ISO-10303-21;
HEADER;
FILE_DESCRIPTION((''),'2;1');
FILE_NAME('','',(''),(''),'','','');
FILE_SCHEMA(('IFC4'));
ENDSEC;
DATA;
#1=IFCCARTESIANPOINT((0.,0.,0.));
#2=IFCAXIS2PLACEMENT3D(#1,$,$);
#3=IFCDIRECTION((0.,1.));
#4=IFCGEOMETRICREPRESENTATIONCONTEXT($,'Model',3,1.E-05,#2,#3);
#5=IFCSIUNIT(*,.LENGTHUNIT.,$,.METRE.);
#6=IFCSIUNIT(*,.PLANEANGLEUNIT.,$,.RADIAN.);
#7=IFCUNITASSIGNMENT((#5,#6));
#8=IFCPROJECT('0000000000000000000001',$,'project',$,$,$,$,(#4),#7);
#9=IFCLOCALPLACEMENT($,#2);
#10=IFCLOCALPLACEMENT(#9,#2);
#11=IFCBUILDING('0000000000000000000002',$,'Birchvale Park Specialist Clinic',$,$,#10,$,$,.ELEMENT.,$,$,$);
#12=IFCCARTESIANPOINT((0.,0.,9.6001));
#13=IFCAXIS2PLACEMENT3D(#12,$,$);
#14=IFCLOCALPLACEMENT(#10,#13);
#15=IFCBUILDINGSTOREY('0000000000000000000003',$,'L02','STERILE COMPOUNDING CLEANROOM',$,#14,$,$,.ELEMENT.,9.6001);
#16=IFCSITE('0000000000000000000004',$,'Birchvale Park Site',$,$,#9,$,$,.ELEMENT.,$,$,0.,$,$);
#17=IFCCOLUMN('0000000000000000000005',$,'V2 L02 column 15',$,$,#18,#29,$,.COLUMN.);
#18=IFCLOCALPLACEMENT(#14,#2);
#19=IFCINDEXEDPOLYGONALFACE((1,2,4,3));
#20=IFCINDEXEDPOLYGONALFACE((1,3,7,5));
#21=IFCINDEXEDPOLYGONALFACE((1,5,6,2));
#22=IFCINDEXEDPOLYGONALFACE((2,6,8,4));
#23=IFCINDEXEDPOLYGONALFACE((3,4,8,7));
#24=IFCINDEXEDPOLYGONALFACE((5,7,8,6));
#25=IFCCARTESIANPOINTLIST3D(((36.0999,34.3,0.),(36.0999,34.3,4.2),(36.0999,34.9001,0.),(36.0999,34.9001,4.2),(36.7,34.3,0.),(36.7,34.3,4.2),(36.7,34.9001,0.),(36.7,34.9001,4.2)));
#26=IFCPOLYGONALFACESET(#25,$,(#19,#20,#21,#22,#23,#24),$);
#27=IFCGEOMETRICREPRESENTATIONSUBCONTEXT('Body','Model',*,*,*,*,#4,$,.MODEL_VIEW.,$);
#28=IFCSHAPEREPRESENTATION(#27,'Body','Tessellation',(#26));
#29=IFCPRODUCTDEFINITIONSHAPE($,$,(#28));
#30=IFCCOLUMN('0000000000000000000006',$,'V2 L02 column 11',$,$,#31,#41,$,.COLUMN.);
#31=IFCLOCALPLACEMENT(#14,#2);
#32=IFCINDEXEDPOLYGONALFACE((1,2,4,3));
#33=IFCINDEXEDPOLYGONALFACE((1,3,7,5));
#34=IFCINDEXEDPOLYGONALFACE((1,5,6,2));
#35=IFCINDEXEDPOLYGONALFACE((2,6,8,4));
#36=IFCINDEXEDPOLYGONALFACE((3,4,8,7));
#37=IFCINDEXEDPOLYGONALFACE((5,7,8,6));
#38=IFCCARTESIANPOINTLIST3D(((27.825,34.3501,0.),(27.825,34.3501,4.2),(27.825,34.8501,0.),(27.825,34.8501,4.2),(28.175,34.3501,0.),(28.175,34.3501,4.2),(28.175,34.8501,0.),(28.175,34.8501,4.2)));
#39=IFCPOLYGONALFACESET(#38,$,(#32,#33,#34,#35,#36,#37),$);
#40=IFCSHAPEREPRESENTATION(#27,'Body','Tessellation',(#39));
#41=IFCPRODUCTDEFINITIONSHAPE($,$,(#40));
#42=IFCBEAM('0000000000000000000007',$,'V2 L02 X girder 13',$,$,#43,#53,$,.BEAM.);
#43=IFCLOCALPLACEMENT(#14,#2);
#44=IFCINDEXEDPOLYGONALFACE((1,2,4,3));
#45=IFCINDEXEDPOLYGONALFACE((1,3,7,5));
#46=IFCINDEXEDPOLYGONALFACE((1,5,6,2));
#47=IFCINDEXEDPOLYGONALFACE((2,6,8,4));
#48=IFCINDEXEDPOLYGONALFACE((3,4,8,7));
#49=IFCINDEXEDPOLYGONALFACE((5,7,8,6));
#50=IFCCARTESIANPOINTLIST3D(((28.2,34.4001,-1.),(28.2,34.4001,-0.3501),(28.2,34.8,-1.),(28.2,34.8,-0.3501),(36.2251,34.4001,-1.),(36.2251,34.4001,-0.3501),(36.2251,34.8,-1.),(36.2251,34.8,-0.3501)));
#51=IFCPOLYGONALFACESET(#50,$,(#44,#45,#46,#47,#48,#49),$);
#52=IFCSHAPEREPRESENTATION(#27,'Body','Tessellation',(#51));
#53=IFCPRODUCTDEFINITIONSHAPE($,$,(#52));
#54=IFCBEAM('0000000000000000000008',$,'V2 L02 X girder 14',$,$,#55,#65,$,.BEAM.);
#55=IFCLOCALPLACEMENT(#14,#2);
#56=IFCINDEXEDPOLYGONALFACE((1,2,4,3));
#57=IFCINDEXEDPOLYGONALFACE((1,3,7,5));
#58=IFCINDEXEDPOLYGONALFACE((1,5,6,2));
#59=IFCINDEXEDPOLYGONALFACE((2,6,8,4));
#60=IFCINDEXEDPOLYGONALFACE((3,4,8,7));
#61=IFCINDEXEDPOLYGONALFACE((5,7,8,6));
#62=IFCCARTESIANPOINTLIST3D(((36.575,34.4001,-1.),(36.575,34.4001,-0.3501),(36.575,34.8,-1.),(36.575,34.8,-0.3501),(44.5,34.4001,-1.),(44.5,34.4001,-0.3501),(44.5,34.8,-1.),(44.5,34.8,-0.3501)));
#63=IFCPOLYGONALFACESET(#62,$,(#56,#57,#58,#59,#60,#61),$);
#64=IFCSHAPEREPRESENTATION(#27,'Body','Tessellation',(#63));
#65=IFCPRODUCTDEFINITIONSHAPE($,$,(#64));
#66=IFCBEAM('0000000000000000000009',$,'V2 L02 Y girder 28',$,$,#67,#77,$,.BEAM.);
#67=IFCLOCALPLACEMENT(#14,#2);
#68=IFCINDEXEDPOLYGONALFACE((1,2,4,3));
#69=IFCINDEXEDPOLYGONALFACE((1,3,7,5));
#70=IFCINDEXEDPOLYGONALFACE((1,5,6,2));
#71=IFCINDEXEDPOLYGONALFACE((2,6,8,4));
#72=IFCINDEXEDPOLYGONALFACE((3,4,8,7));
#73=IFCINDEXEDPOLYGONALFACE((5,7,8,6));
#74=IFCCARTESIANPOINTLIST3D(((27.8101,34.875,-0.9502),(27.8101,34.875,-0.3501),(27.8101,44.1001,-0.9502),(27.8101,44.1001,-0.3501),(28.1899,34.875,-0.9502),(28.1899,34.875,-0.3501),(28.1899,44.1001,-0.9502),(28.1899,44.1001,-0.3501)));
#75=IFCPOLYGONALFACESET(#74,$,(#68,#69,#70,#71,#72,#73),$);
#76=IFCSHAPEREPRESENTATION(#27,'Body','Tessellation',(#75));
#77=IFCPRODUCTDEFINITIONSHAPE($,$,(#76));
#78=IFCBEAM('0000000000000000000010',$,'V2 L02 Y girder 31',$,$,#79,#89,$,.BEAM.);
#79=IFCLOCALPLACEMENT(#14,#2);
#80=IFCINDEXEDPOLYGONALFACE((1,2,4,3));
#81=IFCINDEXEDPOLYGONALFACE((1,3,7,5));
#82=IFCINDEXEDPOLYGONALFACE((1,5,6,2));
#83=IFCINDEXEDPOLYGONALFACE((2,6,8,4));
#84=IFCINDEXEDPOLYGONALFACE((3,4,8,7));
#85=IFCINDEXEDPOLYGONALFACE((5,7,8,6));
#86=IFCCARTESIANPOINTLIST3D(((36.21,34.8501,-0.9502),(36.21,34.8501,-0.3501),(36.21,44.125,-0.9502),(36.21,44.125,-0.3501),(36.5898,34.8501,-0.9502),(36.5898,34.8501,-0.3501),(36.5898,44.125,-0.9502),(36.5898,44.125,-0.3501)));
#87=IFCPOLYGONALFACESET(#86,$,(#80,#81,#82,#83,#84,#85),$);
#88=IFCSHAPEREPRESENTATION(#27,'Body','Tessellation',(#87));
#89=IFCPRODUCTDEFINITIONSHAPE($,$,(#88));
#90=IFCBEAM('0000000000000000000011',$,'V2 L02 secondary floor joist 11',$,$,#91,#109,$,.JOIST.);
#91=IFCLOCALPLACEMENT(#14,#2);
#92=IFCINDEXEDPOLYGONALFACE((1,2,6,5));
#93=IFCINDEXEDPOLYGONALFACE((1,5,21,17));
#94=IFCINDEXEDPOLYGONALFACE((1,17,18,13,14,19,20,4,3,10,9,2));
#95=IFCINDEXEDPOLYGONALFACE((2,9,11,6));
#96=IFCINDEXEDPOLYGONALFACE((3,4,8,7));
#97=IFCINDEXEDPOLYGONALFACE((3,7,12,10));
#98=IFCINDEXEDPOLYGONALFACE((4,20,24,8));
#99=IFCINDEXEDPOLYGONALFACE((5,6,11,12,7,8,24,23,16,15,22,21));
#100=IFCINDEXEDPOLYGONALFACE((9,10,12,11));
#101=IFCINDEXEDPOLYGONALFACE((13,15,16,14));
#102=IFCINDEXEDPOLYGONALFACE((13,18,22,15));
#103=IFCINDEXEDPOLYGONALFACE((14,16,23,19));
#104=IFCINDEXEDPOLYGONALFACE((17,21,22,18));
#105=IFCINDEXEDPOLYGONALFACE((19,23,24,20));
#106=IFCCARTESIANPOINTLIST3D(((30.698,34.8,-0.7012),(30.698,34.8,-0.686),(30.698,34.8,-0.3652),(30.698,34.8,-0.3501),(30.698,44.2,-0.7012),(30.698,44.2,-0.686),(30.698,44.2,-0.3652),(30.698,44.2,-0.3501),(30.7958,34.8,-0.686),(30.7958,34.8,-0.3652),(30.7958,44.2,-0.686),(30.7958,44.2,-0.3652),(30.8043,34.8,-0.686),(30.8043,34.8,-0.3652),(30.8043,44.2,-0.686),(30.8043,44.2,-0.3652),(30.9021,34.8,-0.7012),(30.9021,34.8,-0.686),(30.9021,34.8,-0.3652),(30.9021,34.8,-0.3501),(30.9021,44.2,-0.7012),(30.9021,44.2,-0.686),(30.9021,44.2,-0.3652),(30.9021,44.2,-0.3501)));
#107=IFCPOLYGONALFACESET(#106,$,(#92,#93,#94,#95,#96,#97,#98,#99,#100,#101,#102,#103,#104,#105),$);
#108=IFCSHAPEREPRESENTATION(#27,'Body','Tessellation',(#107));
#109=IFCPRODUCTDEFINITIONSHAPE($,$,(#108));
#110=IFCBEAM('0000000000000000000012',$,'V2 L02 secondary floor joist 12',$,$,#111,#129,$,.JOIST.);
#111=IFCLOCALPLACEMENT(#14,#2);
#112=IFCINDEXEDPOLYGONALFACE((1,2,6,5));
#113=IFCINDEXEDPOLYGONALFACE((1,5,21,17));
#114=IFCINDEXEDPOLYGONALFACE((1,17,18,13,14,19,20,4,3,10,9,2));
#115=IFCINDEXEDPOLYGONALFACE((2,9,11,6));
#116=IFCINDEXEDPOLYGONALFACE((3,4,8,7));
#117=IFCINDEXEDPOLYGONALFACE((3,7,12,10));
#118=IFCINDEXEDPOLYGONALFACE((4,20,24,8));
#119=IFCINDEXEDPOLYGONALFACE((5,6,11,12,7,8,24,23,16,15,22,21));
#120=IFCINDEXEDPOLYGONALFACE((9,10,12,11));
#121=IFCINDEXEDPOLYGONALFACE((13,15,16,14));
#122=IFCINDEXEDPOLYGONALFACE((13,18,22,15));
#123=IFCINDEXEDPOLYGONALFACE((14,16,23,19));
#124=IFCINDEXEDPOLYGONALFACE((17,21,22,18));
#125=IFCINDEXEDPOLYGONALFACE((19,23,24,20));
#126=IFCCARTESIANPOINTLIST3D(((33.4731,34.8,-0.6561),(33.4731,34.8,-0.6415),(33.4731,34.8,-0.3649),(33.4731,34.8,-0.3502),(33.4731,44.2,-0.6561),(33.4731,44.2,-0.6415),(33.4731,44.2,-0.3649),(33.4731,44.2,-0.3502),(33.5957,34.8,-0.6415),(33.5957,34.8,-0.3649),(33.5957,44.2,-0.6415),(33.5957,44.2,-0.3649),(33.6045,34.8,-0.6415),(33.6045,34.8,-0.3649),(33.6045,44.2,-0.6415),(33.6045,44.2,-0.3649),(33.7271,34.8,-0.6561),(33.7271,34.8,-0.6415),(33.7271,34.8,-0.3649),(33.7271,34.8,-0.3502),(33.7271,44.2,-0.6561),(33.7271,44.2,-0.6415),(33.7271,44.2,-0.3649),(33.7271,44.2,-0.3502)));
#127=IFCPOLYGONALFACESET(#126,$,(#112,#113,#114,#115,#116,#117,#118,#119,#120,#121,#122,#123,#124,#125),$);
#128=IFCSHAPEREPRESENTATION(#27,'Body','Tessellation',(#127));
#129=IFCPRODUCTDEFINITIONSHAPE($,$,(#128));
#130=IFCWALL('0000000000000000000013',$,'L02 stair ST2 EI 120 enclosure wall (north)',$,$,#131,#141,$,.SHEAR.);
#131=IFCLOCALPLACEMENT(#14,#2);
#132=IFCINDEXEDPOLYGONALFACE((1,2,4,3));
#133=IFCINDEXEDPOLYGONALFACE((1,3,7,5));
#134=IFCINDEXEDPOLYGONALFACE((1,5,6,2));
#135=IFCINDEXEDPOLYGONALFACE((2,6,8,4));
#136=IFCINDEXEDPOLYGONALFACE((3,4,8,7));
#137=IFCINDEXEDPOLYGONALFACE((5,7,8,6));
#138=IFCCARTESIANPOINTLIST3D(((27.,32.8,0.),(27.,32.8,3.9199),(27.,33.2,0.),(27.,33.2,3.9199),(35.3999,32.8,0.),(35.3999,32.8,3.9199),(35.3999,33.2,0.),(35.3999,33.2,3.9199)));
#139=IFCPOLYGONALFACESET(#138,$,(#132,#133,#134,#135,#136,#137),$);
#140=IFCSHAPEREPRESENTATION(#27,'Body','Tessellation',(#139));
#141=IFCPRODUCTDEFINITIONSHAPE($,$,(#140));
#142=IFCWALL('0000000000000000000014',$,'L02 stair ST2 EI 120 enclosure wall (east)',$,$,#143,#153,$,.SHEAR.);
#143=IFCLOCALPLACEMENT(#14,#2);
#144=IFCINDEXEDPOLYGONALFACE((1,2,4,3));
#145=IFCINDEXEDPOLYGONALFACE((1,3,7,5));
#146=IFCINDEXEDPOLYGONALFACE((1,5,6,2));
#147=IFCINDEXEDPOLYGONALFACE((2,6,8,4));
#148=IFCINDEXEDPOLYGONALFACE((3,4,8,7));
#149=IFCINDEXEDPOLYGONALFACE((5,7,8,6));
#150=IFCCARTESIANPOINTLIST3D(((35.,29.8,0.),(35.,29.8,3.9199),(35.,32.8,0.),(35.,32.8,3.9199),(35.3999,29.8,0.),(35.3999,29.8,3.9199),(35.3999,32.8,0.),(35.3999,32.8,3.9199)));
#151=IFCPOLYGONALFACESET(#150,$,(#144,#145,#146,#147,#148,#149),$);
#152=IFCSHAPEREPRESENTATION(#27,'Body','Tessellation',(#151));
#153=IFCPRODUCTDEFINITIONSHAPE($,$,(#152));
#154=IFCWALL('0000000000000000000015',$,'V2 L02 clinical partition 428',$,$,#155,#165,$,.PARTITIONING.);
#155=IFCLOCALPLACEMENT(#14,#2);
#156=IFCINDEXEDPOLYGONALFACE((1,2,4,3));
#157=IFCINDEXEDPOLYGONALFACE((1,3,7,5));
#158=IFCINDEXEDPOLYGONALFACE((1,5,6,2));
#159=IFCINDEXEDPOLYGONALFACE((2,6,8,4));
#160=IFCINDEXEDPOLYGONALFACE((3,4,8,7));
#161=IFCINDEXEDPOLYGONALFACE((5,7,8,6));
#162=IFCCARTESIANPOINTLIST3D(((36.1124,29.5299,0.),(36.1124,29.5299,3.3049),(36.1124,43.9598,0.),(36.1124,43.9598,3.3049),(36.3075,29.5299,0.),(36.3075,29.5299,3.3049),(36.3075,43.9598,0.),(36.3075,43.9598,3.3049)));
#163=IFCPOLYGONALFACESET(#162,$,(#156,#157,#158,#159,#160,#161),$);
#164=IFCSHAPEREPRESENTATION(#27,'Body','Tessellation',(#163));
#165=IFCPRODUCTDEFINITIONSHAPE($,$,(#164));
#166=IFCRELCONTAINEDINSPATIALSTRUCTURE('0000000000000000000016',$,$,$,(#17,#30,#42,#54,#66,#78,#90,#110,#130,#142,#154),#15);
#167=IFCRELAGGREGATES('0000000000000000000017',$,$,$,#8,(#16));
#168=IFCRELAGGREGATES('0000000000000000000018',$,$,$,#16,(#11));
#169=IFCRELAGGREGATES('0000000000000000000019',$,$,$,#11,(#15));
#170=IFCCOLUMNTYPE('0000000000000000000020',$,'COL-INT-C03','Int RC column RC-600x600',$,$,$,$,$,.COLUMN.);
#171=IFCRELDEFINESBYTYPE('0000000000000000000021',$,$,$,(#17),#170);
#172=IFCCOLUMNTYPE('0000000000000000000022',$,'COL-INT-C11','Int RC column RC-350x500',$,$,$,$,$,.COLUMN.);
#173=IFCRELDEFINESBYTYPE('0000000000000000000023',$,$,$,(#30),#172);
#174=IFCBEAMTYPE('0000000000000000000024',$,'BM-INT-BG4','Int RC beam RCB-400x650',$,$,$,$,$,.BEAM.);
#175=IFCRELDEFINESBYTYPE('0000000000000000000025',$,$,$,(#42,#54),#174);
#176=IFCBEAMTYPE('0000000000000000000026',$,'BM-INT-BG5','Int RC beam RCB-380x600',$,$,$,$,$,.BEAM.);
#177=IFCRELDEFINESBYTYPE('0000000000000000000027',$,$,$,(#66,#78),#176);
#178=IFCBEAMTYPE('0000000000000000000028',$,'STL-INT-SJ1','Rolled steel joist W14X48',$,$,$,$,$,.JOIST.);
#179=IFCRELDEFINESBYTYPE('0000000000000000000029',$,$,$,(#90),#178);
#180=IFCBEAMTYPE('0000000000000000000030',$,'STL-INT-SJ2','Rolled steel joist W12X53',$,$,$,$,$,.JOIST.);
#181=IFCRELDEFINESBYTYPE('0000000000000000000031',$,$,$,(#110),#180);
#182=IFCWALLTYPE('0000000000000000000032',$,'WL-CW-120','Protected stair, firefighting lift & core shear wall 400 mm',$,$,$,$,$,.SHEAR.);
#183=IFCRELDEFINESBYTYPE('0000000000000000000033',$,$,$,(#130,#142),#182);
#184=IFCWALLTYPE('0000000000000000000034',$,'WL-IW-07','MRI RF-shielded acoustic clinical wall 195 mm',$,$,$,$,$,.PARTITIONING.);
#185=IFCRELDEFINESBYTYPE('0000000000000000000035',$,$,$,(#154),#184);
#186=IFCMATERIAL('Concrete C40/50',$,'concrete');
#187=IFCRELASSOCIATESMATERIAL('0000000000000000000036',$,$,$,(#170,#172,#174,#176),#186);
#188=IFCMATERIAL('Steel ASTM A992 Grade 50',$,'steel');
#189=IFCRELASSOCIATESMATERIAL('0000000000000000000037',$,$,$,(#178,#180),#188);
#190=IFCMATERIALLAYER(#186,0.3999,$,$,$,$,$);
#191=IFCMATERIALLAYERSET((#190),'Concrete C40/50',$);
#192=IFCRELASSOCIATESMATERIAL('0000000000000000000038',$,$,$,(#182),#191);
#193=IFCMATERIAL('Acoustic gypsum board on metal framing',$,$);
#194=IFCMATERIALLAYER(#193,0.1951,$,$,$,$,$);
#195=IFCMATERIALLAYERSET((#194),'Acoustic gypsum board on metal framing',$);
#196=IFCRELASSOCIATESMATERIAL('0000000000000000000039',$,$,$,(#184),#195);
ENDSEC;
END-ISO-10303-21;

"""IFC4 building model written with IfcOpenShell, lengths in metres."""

from ifc_helpers import new_model, si_unit, direction, frame, frame_2d, origin, origin_2d, place, context, subcontext, project, spatial, rectangle, i_section, extrude, material, layer, layer_set, material_profile, profile_set, type_object, element, save


model = new_model("IFC4")

# Units and contexts
model_context = context("Model", 3, precision=1e-05, world=origin(), true_north=direction((0.0, 1.0)))
body_context = subcontext(model_context, "Body", "Model", "MODEL_VIEW")
ifc_project = project(units=[si_unit("LENGTHUNIT", "METRE"), si_unit("PLANEANGLEUNIT", "RADIAN")], contexts=[model_context])

# Site, building, storey
site_placement = place(None, origin())
site = spatial("IfcSite", under=ifc_project, at=site_placement, Name="Birchvale Park Site", CompositionType="ELEMENT", RefElevation=0.0)
building_placement = place(site_placement, origin())
building = spatial("IfcBuilding", under=site, at=building_placement, Name="Birchvale Park Specialist Clinic", CompositionType="ELEMENT")
storey_placement = place(building_placement, frame((0.0, 0.0, 9.6001)))
storey = spatial("IfcBuildingStorey", under=building, at=storey_placement, Name="L02", Description="STERILE COMPOUNDING CLEANROOM", CompositionType="ELEMENT", Elevation=9.6001)

# Columns
ifc_material_1 = material(Name="Concrete C40/50", Category="concrete")
ifc_material_profile_1 = material_profile(ifc_material_1, rectangle(XDim=0.6001, YDim=0.6001, at=origin_2d()), Name="RC-600x600")
ifc_profile_set_1 = profile_set([ifc_material_profile_1], Name="Concrete C40/50")
column_type_1 = type_object("IfcColumnType", Name="COL-INT-C03", Description="Int RC column RC-600x600", PredefinedType="COLUMN", material=ifc_profile_set_1)
column_1_placement = place(storey_placement, frame((36.3999, 34.6001, 0.0), z_axis=(0.0, 0.0, 1.0), x_axis=(1.0, 0.0, 0.0)))
element("IfcColumn", 1, at=column_1_placement, inside=storey, type_object=column_type_1, Name="V2 L02 column 15", PredefinedType="COLUMN", context=body_context, shape_type="SweptSolid", body=[
    extrude(rectangle(XDim=0.6001, YDim=0.6001, at=origin_2d()), origin(), (0.0, 0.0, 1.0), 4.2),
])
ifc_material_profile_2 = material_profile(ifc_material_1, rectangle(XDim=0.3501, YDim=0.5, at=origin_2d()), Name="RC-350x500")
ifc_profile_set_2 = profile_set([ifc_material_profile_2], Name="Concrete C40/50")
column_type_2 = type_object("IfcColumnType", Name="COL-INT-C11", Description="Int RC column RC-350x500", PredefinedType="COLUMN", material=ifc_profile_set_2)
column_2_placement = place(storey_placement, frame((28.0, 34.6001, 0.0), z_axis=(0.0, 0.0, 1.0), x_axis=(1.0, 0.0, 0.0)))
element("IfcColumn", 2, at=column_2_placement, inside=storey, type_object=column_type_2, Name="V2 L02 column 11", PredefinedType="COLUMN", context=body_context, shape_type="SweptSolid", body=[
    extrude(rectangle(XDim=0.3501, YDim=0.5, at=origin_2d()), origin(), (0.0, 0.0, 1.0), 4.2),
])

# Beams
ifc_material_profile_3 = material_profile(ifc_material_1, rectangle(XDim=0.3999, YDim=0.6499, at=origin_2d()), Name="RCB-400x650")
ifc_profile_set_3 = profile_set([ifc_material_profile_3], Name="Concrete C40/50")
beam_type_1 = type_object("IfcBeamType", Name="BM-INT-BG4", Description="Int RC beam RCB-400x650", PredefinedType="BEAM", material=ifc_profile_set_3)
beam_1_placement = place(storey_placement, frame((28.2, 34.6001, -0.675), z_axis=(1.0, 0.0, 0.0), x_axis=(0.0, 1.0, 0.0)))
element("IfcBeam", 3, at=beam_1_placement, inside=storey, type_object=beam_type_1, Name="V2 L02 X girder 13", PredefinedType="BEAM", context=body_context, shape_type="SweptSolid", body=[
    extrude(rectangle(XDim=0.3999, YDim=0.6499, at=origin_2d()), origin(), (0.0, 0.0, 1.0), 8.0251),
])
beam_2_placement = place(storey_placement, frame((36.575, 34.6001, -0.675), z_axis=(1.0, 0.0, 0.0), x_axis=(0.0, 1.0, 0.0)))
element("IfcBeam", 4, at=beam_2_placement, inside=storey, type_object=beam_type_1, Name="V2 L02 X girder 14", PredefinedType="BEAM", context=body_context, shape_type="SweptSolid", body=[
    extrude(rectangle(XDim=0.3999, YDim=0.6499, at=origin_2d()), origin(), (0.0, 0.0, 1.0), 7.925),
])
ifc_material_profile_4 = material_profile(ifc_material_1, rectangle(XDim=0.3799, YDim=0.6001, at=origin_2d()), Name="RCB-380x600")
ifc_profile_set_4 = profile_set([ifc_material_profile_4], Name="Concrete C40/50")
beam_type_2 = type_object("IfcBeamType", Name="BM-INT-BG5", Description="Int RC beam RCB-380x600", PredefinedType="BEAM", material=ifc_profile_set_4)
beam_3_placement = place(storey_placement, frame((28.0, 34.875, -0.6501), z_axis=(0.0, 1.0, 0.0), x_axis=(-1.0, 0.0, 0.0)))
element("IfcBeam", 5, at=beam_3_placement, inside=storey, type_object=beam_type_2, Name="V2 L02 Y girder 28", PredefinedType="BEAM", context=body_context, shape_type="SweptSolid", body=[
    extrude(rectangle(XDim=0.3799, YDim=0.6001, at=origin_2d()), origin(), (0.0, 0.0, 1.0), 9.2251),
])
beam_4_placement = place(storey_placement, frame((36.3999, 34.8501, -0.6501), z_axis=(0.0, 1.0, 0.0), x_axis=(-1.0, 0.0, 0.0)))
element("IfcBeam", 6, at=beam_4_placement, inside=storey, type_object=beam_type_2, Name="V2 L02 Y girder 31", PredefinedType="BEAM", context=body_context, shape_type="SweptSolid", body=[
    extrude(rectangle(XDim=0.3799, YDim=0.6001, at=origin_2d()), origin(), (0.0, 0.0, 1.0), 9.2749),
])
ifc_material_2 = material(Name="Steel ASTM A992 Grade 50", Category="steel")
ifc_material_profile_5 = material_profile(ifc_material_2, i_section(OverallWidth=0.2041, OverallDepth=0.3511, WebThickness=0.0085, FlangeThickness=0.0151, at=origin_2d()), Name="W14X48")
ifc_profile_set_5 = profile_set([ifc_material_profile_5], Name="Steel ASTM A992 Grade 50")
beam_type_3 = type_object("IfcBeamType", Name="STL-INT-SJ1", Description="Rolled steel joist W14X48", PredefinedType="JOIST", material=ifc_profile_set_5)
beam_5_placement = place(storey_placement, frame((30.8, 34.8, -0.5256), z_axis=(0.0, 1.0, 0.0), x_axis=(-1.0, 0.0, 0.0)))
element("IfcBeam", 7, at=beam_5_placement, inside=storey, type_object=beam_type_3, Name="V2 L02 secondary floor joist 11", PredefinedType="JOIST", context=body_context, shape_type="SweptSolid", body=[
    extrude(i_section(OverallWidth=0.2041, OverallDepth=0.3511, WebThickness=0.0085, FlangeThickness=0.0151, at=origin_2d()), origin(), (0.0, 0.0, 1.0), 9.3999),
])
ifc_material_profile_6 = material_profile(ifc_material_2, i_section(OverallWidth=0.2539, OverallDepth=0.3059, WebThickness=0.0088, FlangeThickness=0.0146, at=origin_2d()), Name="W12X53")
ifc_profile_set_6 = profile_set([ifc_material_profile_6], Name="Steel ASTM A992 Grade 50")
beam_type_4 = type_object("IfcBeamType", Name="STL-INT-SJ2", Description="Rolled steel joist W12X53", PredefinedType="JOIST", material=ifc_profile_set_6)
beam_6_placement = place(storey_placement, frame((33.6001, 34.8, -0.5032), z_axis=(0.0, 1.0, 0.0), x_axis=(-1.0, 0.0, 0.0)))
element("IfcBeam", 8, at=beam_6_placement, inside=storey, type_object=beam_type_4, Name="V2 L02 secondary floor joist 12", PredefinedType="JOIST", context=body_context, shape_type="SweptSolid", body=[
    extrude(i_section(OverallWidth=0.2539, OverallDepth=0.3059, WebThickness=0.0088, FlangeThickness=0.0146, at=origin_2d()), origin(), (0.0, 0.0, 1.0), 9.3999),
])

# Walls
ifc_layer_1 = layer(ifc_material_1, 0.3999)
ifc_layer_set_1 = layer_set([ifc_layer_1], Name="Concrete C40/50")
wall_type_1 = type_object("IfcWallType", Name="WL-CW-120", Description="Protected stair, firefighting lift & core shear wall 400 mm", PredefinedType="SHEAR", material=ifc_layer_set_1)
wall_1_placement = place(storey_placement, frame((35.3999, 33.0, 0.0), z_axis=(0.0, 0.0, 1.0), x_axis=(-1.0, 0.0, 0.0)))
element("IfcWall", 9, at=wall_1_placement, inside=storey, type_object=wall_type_1, Name="L02 stair ST2 EI 120 enclosure wall (north)", PredefinedType="SHEAR", context=body_context, shape_type="SweptSolid", body=[
    extrude(rectangle(XDim=8.3999, YDim=0.3999, at=frame_2d((4.2, 0.0))), origin(), (0.0, 0.0, 1.0), 3.9199),
])
wall_2_placement = place(storey_placement, frame((35.2, 32.8, 0.0), z_axis=(0.0, 0.0, 1.0), x_axis=(0.0, -1.0, 0.0)))
element("IfcWall", 10, at=wall_2_placement, inside=storey, type_object=wall_type_1, Name="L02 stair ST2 EI 120 enclosure wall (east)", PredefinedType="SHEAR", context=body_context, shape_type="SweptSolid", body=[
    extrude(rectangle(XDim=3.0, YDim=0.3999, at=frame_2d((1.5, 0.0))), origin(), (0.0, 0.0, 1.0), 3.9199),
])
ifc_material_3 = material(Name="Acoustic gypsum board on metal framing")
ifc_layer_2 = layer(ifc_material_3, 0.1951)
ifc_layer_set_2 = layer_set([ifc_layer_2], Name="Acoustic gypsum board on metal framing")
wall_type_2 = type_object("IfcWallType", Name="WL-IW-07", Description="MRI RF-shielded acoustic clinical wall 195 mm", PredefinedType="PARTITIONING", material=ifc_layer_set_2)
wall_3_placement = place(storey_placement, frame((36.21, 29.53, 0.0), z_axis=(0.0, 0.0, 1.0), x_axis=(0.0, 1.0, 0.0)))
element("IfcWall", 11, at=wall_3_placement, inside=storey, type_object=wall_type_2, Name="V2 L02 clinical partition 428", PredefinedType="PARTITIONING", context=body_context, shape_type="SweptSolid", body=[
    extrude(rectangle(XDim=14.4299, YDim=0.1951, at=frame_2d((7.2148, 0.0))), origin(), (0.0, 0.0, 1.0), 3.3049),
])

save(model, "model.ifc")
